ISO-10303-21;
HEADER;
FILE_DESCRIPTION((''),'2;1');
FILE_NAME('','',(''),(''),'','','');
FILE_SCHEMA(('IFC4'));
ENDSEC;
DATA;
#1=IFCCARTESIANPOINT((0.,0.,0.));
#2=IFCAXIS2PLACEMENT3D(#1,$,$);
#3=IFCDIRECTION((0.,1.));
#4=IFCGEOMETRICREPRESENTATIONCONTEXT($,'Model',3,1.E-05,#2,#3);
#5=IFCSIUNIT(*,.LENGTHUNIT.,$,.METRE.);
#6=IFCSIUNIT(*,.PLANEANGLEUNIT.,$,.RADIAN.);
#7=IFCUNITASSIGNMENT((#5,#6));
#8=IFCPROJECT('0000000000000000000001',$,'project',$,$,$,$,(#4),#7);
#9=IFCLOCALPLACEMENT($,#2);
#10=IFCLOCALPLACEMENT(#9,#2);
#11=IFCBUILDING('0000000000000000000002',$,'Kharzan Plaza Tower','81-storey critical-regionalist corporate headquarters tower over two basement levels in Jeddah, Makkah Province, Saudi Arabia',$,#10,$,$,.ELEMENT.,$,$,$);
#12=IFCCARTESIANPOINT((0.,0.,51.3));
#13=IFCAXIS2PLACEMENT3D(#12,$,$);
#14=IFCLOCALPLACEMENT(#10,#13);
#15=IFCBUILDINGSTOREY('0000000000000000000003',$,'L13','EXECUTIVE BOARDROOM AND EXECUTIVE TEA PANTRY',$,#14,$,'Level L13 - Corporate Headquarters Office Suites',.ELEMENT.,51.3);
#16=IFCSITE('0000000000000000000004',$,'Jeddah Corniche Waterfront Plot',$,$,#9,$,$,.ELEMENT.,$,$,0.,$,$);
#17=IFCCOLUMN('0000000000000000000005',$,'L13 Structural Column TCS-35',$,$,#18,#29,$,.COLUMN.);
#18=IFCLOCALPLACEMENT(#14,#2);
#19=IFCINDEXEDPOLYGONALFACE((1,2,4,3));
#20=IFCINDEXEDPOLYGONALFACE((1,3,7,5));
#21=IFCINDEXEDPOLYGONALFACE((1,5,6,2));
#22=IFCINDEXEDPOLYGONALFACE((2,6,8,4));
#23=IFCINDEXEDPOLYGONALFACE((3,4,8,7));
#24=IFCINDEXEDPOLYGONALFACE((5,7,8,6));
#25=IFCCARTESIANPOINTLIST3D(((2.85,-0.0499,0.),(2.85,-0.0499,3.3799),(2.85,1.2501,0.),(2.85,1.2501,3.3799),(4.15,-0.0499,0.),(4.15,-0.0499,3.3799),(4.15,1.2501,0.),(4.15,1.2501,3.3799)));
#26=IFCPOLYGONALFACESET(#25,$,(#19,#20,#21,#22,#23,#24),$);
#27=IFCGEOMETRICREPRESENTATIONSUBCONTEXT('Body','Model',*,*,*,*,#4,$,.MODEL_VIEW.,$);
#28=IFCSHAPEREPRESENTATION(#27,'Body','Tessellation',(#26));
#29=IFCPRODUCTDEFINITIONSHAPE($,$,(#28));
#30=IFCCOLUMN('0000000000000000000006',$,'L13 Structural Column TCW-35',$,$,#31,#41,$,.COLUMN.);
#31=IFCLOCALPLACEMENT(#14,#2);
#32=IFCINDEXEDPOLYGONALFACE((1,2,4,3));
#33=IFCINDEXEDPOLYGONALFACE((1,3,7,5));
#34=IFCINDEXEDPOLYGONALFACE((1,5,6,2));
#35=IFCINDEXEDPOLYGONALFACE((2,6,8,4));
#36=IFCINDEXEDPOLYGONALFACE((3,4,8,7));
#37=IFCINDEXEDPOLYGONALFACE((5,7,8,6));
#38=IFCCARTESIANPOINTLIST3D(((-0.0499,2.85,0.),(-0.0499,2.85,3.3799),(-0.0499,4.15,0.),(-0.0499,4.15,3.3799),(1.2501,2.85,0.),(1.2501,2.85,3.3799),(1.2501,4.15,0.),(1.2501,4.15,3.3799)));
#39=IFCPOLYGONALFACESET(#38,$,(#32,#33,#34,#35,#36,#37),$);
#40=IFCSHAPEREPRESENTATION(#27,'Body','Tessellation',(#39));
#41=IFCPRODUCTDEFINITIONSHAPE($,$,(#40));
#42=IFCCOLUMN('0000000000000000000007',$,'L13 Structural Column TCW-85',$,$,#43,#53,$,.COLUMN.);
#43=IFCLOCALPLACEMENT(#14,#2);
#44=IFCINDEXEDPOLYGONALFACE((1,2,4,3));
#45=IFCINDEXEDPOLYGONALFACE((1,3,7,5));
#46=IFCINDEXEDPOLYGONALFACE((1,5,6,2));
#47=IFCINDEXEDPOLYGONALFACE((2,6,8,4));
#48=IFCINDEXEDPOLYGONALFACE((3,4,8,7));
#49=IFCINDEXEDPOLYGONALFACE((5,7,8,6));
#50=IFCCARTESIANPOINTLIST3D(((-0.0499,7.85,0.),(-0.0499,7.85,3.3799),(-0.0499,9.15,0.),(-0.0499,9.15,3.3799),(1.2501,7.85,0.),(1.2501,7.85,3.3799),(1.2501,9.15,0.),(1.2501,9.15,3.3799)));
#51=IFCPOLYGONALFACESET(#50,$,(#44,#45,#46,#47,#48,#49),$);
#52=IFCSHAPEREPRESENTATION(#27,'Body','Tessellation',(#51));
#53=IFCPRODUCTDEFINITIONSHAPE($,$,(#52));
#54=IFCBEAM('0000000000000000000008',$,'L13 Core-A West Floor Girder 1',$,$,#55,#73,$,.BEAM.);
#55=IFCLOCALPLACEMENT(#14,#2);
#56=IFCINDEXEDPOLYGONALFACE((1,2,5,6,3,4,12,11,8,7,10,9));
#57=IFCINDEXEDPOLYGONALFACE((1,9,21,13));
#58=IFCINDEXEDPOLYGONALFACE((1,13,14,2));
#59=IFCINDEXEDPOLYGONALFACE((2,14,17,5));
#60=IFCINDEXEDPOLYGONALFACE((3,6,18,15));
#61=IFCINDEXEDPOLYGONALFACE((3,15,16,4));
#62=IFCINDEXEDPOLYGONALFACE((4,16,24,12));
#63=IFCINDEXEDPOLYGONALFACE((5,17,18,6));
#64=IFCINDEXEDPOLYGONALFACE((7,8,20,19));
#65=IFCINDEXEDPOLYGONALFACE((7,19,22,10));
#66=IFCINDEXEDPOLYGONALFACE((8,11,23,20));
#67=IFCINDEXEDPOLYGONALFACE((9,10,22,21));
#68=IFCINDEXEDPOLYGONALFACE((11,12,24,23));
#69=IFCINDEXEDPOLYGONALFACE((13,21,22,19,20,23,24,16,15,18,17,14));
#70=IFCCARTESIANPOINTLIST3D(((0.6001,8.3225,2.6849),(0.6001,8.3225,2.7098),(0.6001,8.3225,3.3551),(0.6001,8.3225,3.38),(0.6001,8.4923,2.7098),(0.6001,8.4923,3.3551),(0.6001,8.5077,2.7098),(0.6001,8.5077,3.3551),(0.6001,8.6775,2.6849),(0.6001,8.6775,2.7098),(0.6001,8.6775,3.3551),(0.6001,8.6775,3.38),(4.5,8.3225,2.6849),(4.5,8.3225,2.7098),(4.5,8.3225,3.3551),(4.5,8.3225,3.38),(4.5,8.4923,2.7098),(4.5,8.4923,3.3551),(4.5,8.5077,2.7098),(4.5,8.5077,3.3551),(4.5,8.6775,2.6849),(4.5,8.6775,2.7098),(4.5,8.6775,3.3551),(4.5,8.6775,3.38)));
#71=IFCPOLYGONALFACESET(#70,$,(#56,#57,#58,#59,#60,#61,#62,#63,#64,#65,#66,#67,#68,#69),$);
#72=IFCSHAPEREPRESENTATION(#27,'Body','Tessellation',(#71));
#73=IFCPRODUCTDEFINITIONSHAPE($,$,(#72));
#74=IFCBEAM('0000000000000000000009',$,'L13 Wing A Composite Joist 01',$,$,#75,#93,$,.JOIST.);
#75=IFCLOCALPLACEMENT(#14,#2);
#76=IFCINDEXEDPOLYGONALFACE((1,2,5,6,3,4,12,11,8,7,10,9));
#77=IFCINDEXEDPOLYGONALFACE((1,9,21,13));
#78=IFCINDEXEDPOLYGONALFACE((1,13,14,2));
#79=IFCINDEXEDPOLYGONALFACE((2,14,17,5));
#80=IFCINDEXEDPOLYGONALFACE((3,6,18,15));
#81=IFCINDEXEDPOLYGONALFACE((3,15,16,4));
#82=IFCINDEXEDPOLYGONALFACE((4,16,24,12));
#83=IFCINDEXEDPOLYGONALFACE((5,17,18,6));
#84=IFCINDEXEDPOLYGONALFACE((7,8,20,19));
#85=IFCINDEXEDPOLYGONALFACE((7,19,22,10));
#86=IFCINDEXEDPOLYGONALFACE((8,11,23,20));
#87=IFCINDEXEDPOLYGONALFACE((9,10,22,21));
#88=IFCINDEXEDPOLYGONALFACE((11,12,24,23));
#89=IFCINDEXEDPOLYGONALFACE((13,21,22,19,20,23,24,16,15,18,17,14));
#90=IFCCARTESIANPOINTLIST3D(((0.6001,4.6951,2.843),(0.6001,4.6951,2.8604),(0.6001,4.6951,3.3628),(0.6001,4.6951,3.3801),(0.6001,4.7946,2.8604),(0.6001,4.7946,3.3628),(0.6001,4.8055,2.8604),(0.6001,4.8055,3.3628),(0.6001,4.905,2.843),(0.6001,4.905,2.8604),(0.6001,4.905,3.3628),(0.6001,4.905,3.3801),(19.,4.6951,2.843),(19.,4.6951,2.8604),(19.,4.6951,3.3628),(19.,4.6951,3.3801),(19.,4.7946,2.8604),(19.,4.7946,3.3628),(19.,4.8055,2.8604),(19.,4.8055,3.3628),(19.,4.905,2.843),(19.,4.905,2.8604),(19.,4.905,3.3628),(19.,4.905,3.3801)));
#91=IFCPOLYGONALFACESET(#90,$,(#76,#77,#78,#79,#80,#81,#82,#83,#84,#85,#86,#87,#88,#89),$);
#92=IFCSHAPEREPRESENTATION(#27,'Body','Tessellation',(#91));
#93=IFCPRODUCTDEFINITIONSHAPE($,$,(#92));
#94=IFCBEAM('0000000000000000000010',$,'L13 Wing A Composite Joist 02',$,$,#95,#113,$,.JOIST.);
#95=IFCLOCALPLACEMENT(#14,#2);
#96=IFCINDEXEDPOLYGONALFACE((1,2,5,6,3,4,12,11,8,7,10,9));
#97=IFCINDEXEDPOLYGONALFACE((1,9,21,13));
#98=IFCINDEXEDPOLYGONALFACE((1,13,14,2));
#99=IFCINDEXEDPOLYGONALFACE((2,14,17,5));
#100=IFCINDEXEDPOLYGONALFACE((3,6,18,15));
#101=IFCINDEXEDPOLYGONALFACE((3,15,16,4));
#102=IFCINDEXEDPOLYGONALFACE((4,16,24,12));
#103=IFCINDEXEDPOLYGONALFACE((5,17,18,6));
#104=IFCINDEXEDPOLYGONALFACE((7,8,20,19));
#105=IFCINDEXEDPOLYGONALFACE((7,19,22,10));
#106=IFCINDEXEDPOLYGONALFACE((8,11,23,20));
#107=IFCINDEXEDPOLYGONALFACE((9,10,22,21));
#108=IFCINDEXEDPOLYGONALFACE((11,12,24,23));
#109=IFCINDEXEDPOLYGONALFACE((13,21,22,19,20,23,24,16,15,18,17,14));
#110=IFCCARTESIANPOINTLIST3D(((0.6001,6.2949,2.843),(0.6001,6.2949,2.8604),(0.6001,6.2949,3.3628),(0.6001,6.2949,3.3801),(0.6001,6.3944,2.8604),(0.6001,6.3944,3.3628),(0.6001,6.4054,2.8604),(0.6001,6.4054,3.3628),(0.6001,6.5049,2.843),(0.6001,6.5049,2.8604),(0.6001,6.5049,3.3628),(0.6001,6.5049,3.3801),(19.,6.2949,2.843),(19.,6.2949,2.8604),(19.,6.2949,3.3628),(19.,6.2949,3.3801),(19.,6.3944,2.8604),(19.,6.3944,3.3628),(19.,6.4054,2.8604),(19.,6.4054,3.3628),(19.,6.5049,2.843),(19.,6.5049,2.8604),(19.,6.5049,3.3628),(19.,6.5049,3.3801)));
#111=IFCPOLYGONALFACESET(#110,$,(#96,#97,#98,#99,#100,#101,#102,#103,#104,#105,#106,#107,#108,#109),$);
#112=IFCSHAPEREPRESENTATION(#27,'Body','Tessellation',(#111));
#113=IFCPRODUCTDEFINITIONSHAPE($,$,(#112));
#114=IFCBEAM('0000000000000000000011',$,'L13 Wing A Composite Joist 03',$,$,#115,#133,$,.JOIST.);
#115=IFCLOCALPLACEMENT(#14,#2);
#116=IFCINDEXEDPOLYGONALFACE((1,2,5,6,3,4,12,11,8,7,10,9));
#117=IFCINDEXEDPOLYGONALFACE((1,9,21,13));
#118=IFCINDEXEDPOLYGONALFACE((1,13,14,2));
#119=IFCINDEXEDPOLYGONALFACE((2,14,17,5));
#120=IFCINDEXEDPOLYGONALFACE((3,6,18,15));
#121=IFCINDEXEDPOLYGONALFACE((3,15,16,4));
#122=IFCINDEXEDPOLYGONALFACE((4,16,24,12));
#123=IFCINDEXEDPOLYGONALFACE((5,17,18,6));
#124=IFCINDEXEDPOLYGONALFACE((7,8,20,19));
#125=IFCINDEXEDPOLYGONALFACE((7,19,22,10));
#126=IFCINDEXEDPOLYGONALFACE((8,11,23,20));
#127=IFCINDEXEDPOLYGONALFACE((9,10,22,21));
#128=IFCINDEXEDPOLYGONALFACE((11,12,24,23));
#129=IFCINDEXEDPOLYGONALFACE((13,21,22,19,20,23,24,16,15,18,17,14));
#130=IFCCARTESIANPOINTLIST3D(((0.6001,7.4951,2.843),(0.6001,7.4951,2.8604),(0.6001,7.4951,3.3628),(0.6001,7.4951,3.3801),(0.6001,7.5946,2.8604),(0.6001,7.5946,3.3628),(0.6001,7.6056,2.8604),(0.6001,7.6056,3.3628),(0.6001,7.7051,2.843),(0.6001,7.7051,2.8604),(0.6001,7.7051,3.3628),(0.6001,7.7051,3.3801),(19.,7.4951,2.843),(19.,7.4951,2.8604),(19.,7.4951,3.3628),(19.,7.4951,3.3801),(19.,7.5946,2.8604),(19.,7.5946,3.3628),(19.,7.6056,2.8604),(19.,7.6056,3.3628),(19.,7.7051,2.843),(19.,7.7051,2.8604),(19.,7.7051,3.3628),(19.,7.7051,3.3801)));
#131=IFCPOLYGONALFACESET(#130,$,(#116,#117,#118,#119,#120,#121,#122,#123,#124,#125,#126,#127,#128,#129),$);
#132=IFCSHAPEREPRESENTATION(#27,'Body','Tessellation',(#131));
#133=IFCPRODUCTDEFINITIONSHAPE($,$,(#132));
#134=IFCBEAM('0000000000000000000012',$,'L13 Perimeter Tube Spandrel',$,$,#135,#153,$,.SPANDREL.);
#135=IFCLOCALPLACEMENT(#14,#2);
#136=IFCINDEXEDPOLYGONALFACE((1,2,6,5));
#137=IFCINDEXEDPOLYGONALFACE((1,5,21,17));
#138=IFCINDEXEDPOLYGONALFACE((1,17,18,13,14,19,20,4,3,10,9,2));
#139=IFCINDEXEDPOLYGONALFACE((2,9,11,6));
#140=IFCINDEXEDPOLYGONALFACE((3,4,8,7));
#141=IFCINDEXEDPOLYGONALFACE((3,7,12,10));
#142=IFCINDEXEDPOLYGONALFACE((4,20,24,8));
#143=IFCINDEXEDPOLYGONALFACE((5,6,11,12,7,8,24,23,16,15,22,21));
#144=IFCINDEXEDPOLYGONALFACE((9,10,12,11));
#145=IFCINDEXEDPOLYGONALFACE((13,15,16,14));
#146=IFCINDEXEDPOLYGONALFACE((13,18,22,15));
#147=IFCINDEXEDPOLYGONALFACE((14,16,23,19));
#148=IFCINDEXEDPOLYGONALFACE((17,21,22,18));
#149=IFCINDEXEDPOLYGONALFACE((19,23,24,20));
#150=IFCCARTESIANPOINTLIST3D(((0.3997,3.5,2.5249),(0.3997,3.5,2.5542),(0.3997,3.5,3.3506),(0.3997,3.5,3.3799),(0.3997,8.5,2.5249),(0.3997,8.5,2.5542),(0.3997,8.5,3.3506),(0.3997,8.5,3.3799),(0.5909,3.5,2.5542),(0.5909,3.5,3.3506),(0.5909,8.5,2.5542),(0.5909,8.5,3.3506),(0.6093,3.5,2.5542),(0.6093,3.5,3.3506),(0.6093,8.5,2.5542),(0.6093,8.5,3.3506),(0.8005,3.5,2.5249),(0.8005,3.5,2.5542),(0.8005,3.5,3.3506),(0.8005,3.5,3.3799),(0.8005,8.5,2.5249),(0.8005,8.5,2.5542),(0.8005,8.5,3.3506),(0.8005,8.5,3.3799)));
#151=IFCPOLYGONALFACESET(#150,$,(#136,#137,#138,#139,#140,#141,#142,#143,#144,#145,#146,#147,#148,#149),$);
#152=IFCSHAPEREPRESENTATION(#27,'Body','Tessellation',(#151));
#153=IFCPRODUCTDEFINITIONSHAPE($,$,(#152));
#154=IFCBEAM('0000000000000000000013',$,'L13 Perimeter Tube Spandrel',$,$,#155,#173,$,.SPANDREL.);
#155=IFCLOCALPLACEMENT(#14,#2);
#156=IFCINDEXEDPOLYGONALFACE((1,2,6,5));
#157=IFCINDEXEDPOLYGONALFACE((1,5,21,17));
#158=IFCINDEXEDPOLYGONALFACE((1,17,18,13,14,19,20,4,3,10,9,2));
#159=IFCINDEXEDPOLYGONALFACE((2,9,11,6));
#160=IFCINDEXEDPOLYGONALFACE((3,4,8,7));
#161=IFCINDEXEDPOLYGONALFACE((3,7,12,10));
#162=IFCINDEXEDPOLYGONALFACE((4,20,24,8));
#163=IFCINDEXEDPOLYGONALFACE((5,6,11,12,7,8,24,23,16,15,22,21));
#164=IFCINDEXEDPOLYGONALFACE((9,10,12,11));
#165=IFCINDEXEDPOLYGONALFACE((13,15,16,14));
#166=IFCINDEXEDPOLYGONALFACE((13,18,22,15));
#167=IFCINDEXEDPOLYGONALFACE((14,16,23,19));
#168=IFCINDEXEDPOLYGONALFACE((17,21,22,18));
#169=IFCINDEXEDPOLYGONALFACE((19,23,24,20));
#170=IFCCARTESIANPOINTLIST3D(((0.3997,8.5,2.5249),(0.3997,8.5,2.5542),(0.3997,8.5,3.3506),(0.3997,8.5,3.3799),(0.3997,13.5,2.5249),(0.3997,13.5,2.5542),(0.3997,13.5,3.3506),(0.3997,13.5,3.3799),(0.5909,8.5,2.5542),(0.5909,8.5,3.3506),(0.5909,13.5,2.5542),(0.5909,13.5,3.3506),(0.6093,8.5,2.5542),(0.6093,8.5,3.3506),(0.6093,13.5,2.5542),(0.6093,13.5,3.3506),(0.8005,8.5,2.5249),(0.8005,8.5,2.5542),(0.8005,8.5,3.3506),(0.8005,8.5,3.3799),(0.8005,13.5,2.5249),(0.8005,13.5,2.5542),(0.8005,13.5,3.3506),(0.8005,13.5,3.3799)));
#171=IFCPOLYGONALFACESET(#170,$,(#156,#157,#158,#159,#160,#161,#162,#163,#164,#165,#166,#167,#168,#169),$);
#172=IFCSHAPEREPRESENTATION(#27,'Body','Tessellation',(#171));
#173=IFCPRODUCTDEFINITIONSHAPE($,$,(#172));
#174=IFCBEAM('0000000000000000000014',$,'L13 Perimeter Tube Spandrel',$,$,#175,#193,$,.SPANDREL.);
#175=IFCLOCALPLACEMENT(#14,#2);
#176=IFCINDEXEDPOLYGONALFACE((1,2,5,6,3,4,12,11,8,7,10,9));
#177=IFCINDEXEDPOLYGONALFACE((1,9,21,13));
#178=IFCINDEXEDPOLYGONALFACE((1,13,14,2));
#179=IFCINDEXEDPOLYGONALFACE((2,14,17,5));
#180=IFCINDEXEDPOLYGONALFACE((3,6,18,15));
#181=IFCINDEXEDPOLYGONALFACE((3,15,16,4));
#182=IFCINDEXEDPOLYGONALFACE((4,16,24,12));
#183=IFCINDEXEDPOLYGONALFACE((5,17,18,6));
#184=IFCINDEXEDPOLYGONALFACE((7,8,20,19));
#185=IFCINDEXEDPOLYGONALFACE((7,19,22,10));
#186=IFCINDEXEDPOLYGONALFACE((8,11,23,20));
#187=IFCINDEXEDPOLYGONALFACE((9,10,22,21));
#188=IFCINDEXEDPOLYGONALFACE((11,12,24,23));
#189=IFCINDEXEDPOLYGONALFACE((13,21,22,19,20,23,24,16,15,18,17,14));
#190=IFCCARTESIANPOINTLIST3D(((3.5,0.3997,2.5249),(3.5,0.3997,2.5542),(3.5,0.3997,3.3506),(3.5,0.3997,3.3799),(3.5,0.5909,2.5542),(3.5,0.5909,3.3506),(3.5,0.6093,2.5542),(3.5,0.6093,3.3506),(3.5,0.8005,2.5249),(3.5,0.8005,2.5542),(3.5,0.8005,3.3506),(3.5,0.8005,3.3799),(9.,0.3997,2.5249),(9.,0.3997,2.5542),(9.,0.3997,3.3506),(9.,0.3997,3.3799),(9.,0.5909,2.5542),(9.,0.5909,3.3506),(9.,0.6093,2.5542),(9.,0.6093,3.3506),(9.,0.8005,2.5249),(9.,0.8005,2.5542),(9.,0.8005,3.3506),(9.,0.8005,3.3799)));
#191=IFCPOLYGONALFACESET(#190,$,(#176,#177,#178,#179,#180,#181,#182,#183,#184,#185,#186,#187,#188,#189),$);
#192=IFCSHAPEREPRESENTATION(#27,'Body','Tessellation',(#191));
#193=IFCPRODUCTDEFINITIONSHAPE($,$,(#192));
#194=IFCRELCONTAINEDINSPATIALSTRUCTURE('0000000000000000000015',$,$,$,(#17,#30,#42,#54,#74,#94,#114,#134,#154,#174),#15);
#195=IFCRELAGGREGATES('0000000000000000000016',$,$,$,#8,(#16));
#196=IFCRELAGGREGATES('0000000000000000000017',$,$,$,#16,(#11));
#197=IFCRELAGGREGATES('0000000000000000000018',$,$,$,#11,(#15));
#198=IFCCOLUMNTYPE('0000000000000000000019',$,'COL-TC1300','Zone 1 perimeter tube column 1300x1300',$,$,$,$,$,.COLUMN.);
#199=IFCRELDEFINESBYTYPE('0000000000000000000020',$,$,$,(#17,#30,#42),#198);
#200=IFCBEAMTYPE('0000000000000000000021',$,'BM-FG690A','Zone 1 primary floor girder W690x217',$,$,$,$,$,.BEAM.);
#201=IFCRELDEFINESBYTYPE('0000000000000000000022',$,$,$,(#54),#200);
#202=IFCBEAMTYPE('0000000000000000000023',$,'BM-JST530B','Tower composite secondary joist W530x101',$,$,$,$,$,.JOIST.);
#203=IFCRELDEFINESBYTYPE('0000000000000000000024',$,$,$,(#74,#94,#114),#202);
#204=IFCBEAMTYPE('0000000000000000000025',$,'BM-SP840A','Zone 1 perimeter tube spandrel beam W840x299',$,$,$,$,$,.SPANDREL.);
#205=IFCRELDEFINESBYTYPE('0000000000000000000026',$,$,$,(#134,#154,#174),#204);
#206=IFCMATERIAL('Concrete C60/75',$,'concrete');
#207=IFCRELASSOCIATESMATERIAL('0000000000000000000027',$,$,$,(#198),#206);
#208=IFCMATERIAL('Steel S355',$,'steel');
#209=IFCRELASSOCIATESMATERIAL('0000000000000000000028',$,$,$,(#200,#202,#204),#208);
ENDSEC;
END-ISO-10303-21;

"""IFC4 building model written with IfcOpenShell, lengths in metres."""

from ifc_helpers import new_model, si_unit, direction, frame, origin, origin_2d, place, context, subcontext, project, spatial, rectangle, i_section, extrude, source, transform, mapped, material, material_profile, profile_set, type_object, element, save


model = new_model("IFC4")

# Units and contexts
model_context = context("Model", 3, precision=1e-05, world=origin(), true_north=direction((0.0, 1.0)))
body_context = subcontext(model_context, "Body", "Model", "MODEL_VIEW")
ifc_project = project(units=[si_unit("LENGTHUNIT", "METRE"), si_unit("PLANEANGLEUNIT", "RADIAN")], contexts=[model_context])

# Site, building, storey
site_placement = place(None, origin())
site = spatial("IfcSite", under=ifc_project, at=site_placement, Name="Jeddah Corniche Waterfront Plot", CompositionType="ELEMENT", RefElevation=0.0)
building_placement = place(site_placement, origin())
building = spatial("IfcBuilding", under=site, at=building_placement, Name="Kharzan Plaza Tower", Description="81-storey critical-regionalist corporate headquarters tower over two basement levels in Jeddah, Makkah Province, Saudi Arabia", CompositionType="ELEMENT")
storey_placement = place(building_placement, frame((0.0, 0.0, 51.3)))
storey = spatial("IfcBuildingStorey", under=building, at=storey_placement, Name="L13", Description="EXECUTIVE BOARDROOM AND EXECUTIVE TEA PANTRY", LongName="Level L13 - Corporate Headquarters Office Suites", CompositionType="ELEMENT", Elevation=51.3)

# Columns
ifc_material_1 = material(Name="Concrete C60/75", Category="concrete")
ifc_material_profile_1 = material_profile(ifc_material_1, rectangle(XDim=1.3, YDim=1.3, at=origin_2d()), Name="RC-TC1300x1300")
ifc_profile_set_1 = profile_set([ifc_material_profile_1], Name="Concrete C60/75")
column_type = type_object("IfcColumnType", Name="COL-TC1300", Description="Zone 1 perimeter tube column 1300x1300", PredefinedType="COLUMN", material=ifc_profile_set_1)
shared_shape_1 = source(origin(), body_context, "Body", "SweptSolid", [
    extrude(rectangle(XDim=1.3, YDim=1.3, at=origin_2d()), origin(), (0.0, 0.0, 1.0), 3.3799),
])
for number, where, z_axis, x_axis, name in (
    (1, (3.5, 0.6001, 0.0), (0.0, 0.0, 1.0), (1.0, 0.0, 0.0), "L13 Structural Column TCS-35"),
    (2, (0.6001, 3.5, 0.0), (0.0, 0.0, 1.0), (1.0, 0.0, 0.0), "L13 Structural Column TCW-35"),
    (3, (0.6001, 8.5, 0.0), (0.0, 0.0, 1.0), (1.0, 0.0, 0.0), "L13 Structural Column TCW-85"),
):
    element("IfcColumn", number, at=place(storey_placement, frame(where, z_axis=z_axis, x_axis=x_axis)), inside=storey, type_object=column_type, Name=name, PredefinedType="COLUMN", context=body_context, shape_type="MappedRepresentation", body=[
        mapped(shared_shape_1, transform((0.0, 0.0, 0.0), x_axis=(1.0, 0.0, 0.0), y_axis=(0.0, 1.0, 0.0), z_axis=(0.0, 0.0, 1.0))),
    ])

# Beams
ifc_material_2 = material(Name="Steel S355", Category="steel")
ifc_material_profile_2 = material_profile(ifc_material_2, i_section(OverallWidth=0.355, OverallDepth=0.6951, WebThickness=0.0154, FlangeThickness=0.0249, at=origin_2d()), Name="W690x217")
ifc_profile_set_2 = profile_set([ifc_material_profile_2], Name="Steel S355")
beam_type_1 = type_object("IfcBeamType", Name="BM-FG690A", Description="Zone 1 primary floor girder W690x217", PredefinedType="BEAM", material=ifc_profile_set_2)
shared_shape_2 = source(origin(), body_context, "Body", "SweptSolid", [
    extrude(i_section(OverallWidth=0.355, OverallDepth=0.6951, WebThickness=0.0154, FlangeThickness=0.0249, at=origin_2d()), origin(), (0.0, 0.0, 1.0), 3.8999),
])
beam_1_placement = place(storey_placement, frame((0.6001, 8.5, 3.0325), z_axis=(1.0, 0.0, 0.0), x_axis=(0.0, 1.0, 0.0)))
element("IfcBeam", 4, at=beam_1_placement, inside=storey, type_object=beam_type_1, Name="L13 Core-A West Floor Girder 1", PredefinedType="BEAM", context=body_context, shape_type="MappedRepresentation", body=[
    mapped(shared_shape_2, transform((0.0, 0.0, 0.0), x_axis=(1.0, 0.0, 0.0), y_axis=(0.0, 1.0, 0.0), z_axis=(0.0, 0.0, 1.0))),
])
ifc_material_profile_3 = material_profile(ifc_material_2, i_section(OverallWidth=0.21, OverallDepth=0.5371, WebThickness=0.011, FlangeThickness=0.0173, at=origin_2d()), Name="W530x101")
ifc_profile_set_3 = profile_set([ifc_material_profile_3], Name="Steel S355")
beam_type_2 = type_object("IfcBeamType", Name="BM-JST530B", Description="Tower composite secondary joist W530x101", PredefinedType="JOIST", material=ifc_profile_set_3)
shared_shape_3 = source(origin(), body_context, "Body", "SweptSolid", [
    extrude(i_section(OverallWidth=0.21, OverallDepth=0.5371, WebThickness=0.011, FlangeThickness=0.0173, at=origin_2d()), origin(), (0.0, 0.0, 1.0), 18.3999),
])
for number, where, z_axis, x_axis, name in (
    (5, (0.6001, 4.8, 3.1116), (1.0, 0.0, 0.0), (0.0, 1.0, 0.0), "L13 Wing A Composite Joist 01"),
    (6, (0.6001, 6.3999, 3.1116), (1.0, 0.0, 0.0), (0.0, 1.0, 0.0), "L13 Wing A Composite Joist 02"),
    (7, (0.6001, 7.6001, 3.1116), (1.0, 0.0, 0.0), (0.0, 1.0, 0.0), "L13 Wing A Composite Joist 03"),
):
    element("IfcBeam", number, at=place(storey_placement, frame(where, z_axis=z_axis, x_axis=x_axis)), inside=storey, type_object=beam_type_2, Name=name, PredefinedType="JOIST", context=body_context, shape_type="MappedRepresentation", body=[
        mapped(shared_shape_3, transform((0.0, 0.0, 0.0), x_axis=(1.0, 0.0, 0.0), y_axis=(0.0, 1.0, 0.0), z_axis=(0.0, 0.0, 1.0))),
    ])
ifc_material_profile_4 = material_profile(ifc_material_2, i_section(OverallWidth=0.4009, OverallDepth=0.855, WebThickness=0.0183, FlangeThickness=0.0293, at=origin_2d()), Name="W840x299")
ifc_profile_set_4 = profile_set([ifc_material_profile_4], Name="Steel S355")
beam_type_3 = type_object("IfcBeamType", Name="BM-SP840A", Description="Zone 1 perimeter tube spandrel beam W840x299", PredefinedType="SPANDREL", material=ifc_profile_set_4)
shared_shape_4 = source(origin(), body_context, "Body", "SweptSolid", [
    extrude(i_section(OverallWidth=0.4009, OverallDepth=0.855, WebThickness=0.0183, FlangeThickness=0.0293, at=origin_2d()), origin(), (0.0, 0.0, 1.0), 5.0),
])
for number, where, z_axis, x_axis, name in (
    (8, (0.6001, 3.5, 2.9524), (0.0, 1.0, 0.0), (-1.0, 0.0, 0.0), "L13 Perimeter Tube Spandrel"),
    (9, (0.6001, 8.5, 2.9524), (0.0, 1.0, 0.0), (-1.0, 0.0, 0.0), "L13 Perimeter Tube Spandrel"),
):
    element("IfcBeam", number, at=place(storey_placement, frame(where, z_axis=z_axis, x_axis=x_axis)), inside=storey, type_object=beam_type_3, Name=name, PredefinedType="SPANDREL", context=body_context, shape_type="MappedRepresentation", body=[
        mapped(shared_shape_4, transform((0.0, 0.0, 0.0), x_axis=(1.0, 0.0, 0.0), y_axis=(0.0, 1.0, 0.0), z_axis=(0.0, 0.0, 1.0))),
    ])
shared_shape_5 = source(origin(), body_context, "Body", "SweptSolid", [
    extrude(i_section(OverallWidth=0.4009, OverallDepth=0.855, WebThickness=0.0183, FlangeThickness=0.0293, at=origin_2d()), origin(), (0.0, 0.0, 1.0), 5.5),
])
beam_2_placement = place(storey_placement, frame((3.5, 0.6001, 2.9524), z_axis=(1.0, 0.0, 0.0), x_axis=(0.0, 1.0, 0.0)))
element("IfcBeam", 10, at=beam_2_placement, inside=storey, type_object=beam_type_3, Name="L13 Perimeter Tube Spandrel", PredefinedType="SPANDREL", context=body_context, shape_type="MappedRepresentation", body=[
    mapped(shared_shape_5, transform((0.0, 0.0, 0.0), x_axis=(1.0, 0.0, 0.0), y_axis=(0.0, 1.0, 0.0), z_axis=(0.0, 0.0, 1.0))),
])

save(model, "model.ifc")
